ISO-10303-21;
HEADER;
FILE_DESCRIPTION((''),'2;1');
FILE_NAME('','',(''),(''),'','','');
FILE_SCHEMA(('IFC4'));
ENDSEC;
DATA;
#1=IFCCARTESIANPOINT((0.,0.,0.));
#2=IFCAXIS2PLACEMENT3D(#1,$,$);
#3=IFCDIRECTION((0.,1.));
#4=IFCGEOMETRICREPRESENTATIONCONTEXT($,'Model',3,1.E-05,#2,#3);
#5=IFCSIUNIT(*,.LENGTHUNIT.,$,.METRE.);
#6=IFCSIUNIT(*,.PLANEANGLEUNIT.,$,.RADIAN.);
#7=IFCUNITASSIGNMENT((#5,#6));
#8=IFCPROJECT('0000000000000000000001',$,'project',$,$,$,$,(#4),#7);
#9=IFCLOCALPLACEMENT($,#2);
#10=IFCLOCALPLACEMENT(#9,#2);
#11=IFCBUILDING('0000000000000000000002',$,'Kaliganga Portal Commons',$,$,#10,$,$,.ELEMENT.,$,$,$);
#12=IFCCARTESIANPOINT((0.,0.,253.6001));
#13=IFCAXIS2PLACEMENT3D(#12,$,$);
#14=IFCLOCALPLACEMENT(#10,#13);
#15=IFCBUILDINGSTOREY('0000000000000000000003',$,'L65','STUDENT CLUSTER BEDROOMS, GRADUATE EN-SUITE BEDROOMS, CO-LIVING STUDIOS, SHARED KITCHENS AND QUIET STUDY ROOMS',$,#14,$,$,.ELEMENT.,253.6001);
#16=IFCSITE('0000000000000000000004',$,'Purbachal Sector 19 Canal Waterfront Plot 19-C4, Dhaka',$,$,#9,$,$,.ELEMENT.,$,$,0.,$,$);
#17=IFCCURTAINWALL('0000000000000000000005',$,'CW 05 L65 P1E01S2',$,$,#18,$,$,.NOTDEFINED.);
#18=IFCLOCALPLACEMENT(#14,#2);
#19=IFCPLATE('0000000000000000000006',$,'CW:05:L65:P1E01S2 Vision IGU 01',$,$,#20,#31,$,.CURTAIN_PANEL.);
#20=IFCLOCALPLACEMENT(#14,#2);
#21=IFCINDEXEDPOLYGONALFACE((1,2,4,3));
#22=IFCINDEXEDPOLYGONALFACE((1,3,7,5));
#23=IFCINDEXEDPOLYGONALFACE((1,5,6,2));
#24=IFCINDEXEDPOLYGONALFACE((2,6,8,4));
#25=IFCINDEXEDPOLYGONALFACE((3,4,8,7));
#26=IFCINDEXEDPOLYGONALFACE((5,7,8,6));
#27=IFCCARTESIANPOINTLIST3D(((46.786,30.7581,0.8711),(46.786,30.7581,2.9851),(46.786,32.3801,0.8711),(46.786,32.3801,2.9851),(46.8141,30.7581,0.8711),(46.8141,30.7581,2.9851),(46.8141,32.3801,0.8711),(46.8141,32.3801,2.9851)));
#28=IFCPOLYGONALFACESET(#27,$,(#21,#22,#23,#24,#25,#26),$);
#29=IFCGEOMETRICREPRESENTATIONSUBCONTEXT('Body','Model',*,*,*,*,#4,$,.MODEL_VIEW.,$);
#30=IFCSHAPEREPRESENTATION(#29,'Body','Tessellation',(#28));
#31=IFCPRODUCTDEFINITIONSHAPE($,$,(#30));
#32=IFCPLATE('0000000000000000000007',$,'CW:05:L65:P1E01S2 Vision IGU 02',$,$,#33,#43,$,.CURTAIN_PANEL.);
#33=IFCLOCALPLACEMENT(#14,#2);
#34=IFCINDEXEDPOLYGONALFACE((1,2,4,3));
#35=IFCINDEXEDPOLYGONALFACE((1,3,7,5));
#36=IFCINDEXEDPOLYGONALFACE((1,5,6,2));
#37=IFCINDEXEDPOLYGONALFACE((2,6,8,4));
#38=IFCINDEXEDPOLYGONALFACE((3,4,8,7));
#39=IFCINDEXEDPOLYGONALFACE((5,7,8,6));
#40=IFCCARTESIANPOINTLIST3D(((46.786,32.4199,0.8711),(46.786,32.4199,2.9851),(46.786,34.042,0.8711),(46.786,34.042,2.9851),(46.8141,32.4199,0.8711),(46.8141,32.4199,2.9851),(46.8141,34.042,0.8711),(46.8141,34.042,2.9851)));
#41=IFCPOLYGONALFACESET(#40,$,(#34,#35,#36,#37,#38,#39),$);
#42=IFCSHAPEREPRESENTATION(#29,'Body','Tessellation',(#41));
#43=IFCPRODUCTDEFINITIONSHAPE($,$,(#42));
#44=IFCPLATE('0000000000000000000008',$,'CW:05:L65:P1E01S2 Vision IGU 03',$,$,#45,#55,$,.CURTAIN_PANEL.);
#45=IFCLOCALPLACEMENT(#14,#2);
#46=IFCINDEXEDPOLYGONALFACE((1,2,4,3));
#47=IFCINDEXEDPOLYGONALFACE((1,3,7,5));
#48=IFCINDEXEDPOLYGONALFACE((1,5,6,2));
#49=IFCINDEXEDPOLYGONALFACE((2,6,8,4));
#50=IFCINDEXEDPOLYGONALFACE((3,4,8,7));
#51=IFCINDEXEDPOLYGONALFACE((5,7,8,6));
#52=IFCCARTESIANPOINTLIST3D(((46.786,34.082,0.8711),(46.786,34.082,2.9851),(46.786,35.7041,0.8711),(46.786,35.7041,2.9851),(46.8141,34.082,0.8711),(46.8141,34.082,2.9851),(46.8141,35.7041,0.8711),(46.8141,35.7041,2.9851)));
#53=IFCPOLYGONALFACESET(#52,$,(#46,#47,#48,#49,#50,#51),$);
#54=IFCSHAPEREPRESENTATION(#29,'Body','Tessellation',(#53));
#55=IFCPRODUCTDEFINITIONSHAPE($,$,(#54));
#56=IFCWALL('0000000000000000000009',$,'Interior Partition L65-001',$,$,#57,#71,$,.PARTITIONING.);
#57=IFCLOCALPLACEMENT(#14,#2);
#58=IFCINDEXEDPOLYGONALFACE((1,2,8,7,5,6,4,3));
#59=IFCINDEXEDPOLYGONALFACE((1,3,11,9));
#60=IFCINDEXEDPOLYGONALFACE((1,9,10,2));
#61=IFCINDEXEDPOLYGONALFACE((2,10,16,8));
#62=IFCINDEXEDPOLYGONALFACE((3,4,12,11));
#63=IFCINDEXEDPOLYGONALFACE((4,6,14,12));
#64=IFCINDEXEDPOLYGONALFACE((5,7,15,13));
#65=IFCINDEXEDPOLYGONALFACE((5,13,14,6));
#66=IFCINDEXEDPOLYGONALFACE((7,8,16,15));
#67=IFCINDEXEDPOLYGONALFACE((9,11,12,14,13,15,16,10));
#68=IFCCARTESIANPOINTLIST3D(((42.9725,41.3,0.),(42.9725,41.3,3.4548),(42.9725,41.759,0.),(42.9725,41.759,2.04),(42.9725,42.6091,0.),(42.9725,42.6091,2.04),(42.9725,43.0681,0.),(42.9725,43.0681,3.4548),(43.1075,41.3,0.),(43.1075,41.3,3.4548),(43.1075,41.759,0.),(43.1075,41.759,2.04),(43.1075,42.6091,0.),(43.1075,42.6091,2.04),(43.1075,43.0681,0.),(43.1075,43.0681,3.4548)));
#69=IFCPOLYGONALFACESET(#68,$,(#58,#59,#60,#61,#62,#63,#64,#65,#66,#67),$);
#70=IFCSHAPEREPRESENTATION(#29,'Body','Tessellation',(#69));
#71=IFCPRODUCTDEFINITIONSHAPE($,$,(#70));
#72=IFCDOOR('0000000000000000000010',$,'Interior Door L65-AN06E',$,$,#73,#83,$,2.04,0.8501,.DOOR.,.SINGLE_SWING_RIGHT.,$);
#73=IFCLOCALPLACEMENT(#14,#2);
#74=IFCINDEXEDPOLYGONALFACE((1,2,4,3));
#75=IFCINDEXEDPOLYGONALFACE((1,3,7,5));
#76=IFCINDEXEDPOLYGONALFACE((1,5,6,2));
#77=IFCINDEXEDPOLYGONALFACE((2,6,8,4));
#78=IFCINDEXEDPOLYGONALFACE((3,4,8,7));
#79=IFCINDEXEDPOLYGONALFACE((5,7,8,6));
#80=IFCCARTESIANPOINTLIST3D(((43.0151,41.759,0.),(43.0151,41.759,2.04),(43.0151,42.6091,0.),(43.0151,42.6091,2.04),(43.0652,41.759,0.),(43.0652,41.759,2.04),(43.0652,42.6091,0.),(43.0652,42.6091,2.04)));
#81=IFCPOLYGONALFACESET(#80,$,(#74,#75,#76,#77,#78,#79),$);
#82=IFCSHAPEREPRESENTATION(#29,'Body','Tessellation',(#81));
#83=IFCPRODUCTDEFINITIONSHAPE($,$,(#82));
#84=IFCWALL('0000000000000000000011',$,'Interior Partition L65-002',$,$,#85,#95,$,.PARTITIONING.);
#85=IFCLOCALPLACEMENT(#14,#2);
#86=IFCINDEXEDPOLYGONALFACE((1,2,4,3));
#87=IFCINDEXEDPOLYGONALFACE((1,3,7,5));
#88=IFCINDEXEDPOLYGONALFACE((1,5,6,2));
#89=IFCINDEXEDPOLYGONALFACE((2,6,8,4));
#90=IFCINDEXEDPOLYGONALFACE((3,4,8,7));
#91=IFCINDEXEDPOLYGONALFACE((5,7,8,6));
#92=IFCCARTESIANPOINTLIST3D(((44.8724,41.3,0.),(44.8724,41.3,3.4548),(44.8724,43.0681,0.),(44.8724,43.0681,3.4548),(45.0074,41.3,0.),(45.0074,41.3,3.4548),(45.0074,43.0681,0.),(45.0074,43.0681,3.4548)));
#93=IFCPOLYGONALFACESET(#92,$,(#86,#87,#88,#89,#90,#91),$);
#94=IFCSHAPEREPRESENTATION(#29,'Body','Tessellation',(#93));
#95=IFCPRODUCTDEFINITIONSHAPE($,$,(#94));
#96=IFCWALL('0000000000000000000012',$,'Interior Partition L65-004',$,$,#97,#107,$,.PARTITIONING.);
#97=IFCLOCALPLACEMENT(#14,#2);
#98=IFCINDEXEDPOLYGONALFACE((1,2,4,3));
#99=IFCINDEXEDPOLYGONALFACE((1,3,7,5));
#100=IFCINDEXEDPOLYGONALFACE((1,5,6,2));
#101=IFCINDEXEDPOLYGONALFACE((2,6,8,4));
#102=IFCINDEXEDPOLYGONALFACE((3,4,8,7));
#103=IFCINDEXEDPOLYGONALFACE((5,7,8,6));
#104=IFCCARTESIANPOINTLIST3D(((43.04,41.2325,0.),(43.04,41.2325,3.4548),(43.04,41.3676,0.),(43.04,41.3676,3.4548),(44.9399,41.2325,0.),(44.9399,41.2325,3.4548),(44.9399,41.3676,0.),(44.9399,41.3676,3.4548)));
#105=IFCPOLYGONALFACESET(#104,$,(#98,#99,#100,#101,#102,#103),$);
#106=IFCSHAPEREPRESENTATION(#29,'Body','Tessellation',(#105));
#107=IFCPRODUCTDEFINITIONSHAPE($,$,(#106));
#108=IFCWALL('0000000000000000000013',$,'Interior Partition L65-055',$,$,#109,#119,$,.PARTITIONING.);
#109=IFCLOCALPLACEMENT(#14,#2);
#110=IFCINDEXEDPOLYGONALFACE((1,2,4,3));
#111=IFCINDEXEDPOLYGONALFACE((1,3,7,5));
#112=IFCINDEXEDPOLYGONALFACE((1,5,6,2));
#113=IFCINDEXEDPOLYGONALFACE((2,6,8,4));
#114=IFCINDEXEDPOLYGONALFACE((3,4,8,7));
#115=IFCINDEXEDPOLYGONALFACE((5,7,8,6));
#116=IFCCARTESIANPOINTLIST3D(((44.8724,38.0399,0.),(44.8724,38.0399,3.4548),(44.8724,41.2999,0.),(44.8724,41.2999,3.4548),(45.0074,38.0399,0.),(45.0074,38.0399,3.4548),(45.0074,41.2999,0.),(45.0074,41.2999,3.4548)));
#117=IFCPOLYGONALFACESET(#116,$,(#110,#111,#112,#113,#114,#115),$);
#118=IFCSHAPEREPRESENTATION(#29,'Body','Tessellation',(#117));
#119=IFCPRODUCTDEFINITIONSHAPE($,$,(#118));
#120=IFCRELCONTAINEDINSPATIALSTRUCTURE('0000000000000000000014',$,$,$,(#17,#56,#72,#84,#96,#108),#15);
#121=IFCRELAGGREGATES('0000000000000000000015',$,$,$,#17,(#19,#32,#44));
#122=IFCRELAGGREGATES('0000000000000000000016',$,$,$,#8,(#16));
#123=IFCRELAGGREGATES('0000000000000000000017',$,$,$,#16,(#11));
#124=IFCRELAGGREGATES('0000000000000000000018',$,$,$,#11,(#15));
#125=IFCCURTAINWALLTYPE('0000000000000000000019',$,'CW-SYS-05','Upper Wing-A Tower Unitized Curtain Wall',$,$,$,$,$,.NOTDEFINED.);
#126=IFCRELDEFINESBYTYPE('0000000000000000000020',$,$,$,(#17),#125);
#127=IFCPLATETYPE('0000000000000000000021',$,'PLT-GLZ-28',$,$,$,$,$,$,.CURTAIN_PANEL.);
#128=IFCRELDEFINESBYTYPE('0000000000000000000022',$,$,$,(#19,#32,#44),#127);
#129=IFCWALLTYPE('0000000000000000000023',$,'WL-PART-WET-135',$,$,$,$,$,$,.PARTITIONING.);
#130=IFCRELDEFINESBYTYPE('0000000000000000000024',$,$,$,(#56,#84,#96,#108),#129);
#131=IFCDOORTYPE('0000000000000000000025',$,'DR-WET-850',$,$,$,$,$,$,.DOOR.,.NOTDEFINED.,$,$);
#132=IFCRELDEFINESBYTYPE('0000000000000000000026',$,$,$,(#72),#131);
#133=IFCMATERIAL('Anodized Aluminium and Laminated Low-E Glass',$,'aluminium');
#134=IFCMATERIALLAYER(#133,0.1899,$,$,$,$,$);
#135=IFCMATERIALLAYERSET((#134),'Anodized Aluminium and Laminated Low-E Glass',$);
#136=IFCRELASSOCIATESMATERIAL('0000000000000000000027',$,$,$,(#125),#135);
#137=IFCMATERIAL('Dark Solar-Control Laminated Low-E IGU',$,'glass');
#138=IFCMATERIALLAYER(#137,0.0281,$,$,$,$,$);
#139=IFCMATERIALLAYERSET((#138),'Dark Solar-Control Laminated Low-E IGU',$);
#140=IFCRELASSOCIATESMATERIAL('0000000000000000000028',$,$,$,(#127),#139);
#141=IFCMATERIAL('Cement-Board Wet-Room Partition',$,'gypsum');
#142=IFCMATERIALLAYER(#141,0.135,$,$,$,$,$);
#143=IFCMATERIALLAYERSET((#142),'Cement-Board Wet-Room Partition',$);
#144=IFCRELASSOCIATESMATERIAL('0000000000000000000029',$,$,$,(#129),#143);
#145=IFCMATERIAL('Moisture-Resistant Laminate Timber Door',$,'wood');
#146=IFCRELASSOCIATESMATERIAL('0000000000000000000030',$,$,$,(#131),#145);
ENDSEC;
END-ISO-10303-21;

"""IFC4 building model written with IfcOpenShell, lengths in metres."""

from ifc_helpers import new_model, si_unit, direction, frame, frame_2d, origin, origin_2d, place, context, subcontext, project, spatial, rectangle, extrude, source, transform, mapped, material, layer, layer_set, type_object, element, fill, aggregate, save


model = new_model("IFC4")

# Units and contexts
model_context = context("Model", 3, precision=1e-05, world=origin(), true_north=direction((0.0, 1.0)))
body_context = subcontext(model_context, "Body", "Model", "MODEL_VIEW")
ifc_project = project(units=[si_unit("LENGTHUNIT", "METRE"), si_unit("PLANEANGLEUNIT", "RADIAN")], contexts=[model_context])

# Site, building, storey
site_placement = place(None, origin())
site = spatial("IfcSite", under=ifc_project, at=site_placement, Name="Purbachal Sector 19 Canal Waterfront Plot 19-C4, Dhaka", CompositionType="ELEMENT", RefElevation=0.0)
building_placement = place(site_placement, origin())
building = spatial("IfcBuilding", under=site, at=building_placement, Name="Kaliganga Portal Commons", CompositionType="ELEMENT")
storey_placement = place(building_placement, frame((0.0, 0.0, 253.6001)))
storey = spatial("IfcBuildingStorey", under=building, at=storey_placement, Name="L65", Description="STUDENT CLUSTER BEDROOMS, GRADUATE EN-SUITE BEDROOMS, CO-LIVING STUDIOS, SHARED KITCHENS AND QUIET STUDY ROOMS", CompositionType="ELEMENT", Elevation=253.6001)

# Curtain wall
ifc_material_1 = material(Name="Anodized Aluminium and Laminated Low-E Glass", Category="aluminium")
ifc_layer_1 = layer(ifc_material_1, 0.1899)
ifc_layer_set_1 = layer_set([ifc_layer_1], Name="Anodized Aluminium and Laminated Low-E Glass")
curtain_wall_type = type_object("IfcCurtainWallType", Name="CW-SYS-05", Description="Upper Wing-A Tower Unitized Curtain Wall", PredefinedType="NOTDEFINED", material=ifc_layer_set_1)
curtain_wall_1_placement = place(storey_placement, origin())
curtain_wall_1 = element("IfcCurtainWall", 1, at=curtain_wall_1_placement, inside=storey, type_object=curtain_wall_type, Name="CW 05 L65 P1E01S2", PredefinedType="NOTDEFINED")

# Shared definitions
ifc_material_2 = material(Name="Dark Solar-Control Laminated Low-E IGU", Category="glass")
ifc_layer_2 = layer(ifc_material_2, 0.0281)
ifc_layer_set_2 = layer_set([ifc_layer_2], Name="Dark Solar-Control Laminated Low-E IGU")
plate_type_1 = type_object("IfcPlateType", Name="PLT-GLZ-28", PredefinedType="CURTAIN_PANEL", material=ifc_layer_set_2)

# Plates
shared_shape_1 = source(origin(), body_context, "Body", "SweptSolid", [
    extrude(rectangle(XDim=1.6221, YDim=0.0281, at=origin_2d()), origin(), (0.0, 0.0, 1.0), 2.114),
])
plate_1_placement = place(storey_placement, frame((46.8, 31.5691, 0.8711), z_axis=(0.0, 0.0, 1.0), x_axis=(0.0, 1.0, 0.0)))
plate_1 = element("IfcPlate", 2, at=plate_1_placement, type_object=plate_type_1, Name="CW:05:L65:P1E01S2 Vision IGU 01", PredefinedType="CURTAIN_PANEL", context=body_context, shape_type="MappedRepresentation", body=[
    mapped(shared_shape_1, transform((0.0, 0.0, 0.0), x_axis=(1.0, 0.0, 0.0), y_axis=(0.0, 1.0, 0.0), z_axis=(0.0, 0.0, 1.0), scale=1.0)),
])
plate_2_placement = place(storey_placement, frame((46.8, 33.231, 0.8711), z_axis=(0.0, 0.0, 1.0), x_axis=(0.0, 1.0, 0.0)))
plate_2 = element("IfcPlate", 3, at=plate_2_placement, type_object=plate_type_1, Name="CW:05:L65:P1E01S2 Vision IGU 02", PredefinedType="CURTAIN_PANEL", context=body_context, shape_type="MappedRepresentation", body=[
    mapped(shared_shape_1, transform((0.0, 0.0, 0.0), x_axis=(1.0, 0.0, 0.0), y_axis=(0.0, 1.0, 0.0), z_axis=(0.0, 0.0, 1.0), scale=1.0)),
])
plate_3_placement = place(storey_placement, frame((46.8, 34.8931, 0.8711), z_axis=(0.0, 0.0, 1.0), x_axis=(0.0, 1.0, 0.0)))
plate_3 = element("IfcPlate", 4, at=plate_3_placement, type_object=plate_type_1, Name="CW:05:L65:P1E01S2 Vision IGU 03", PredefinedType="CURTAIN_PANEL", context=body_context, shape_type="MappedRepresentation", body=[
    mapped(shared_shape_1, transform((0.0, 0.0, 0.0), x_axis=(1.0, 0.0, 0.0), y_axis=(0.0, 1.0, 0.0), z_axis=(0.0, 0.0, 1.0), scale=1.0)),
])
aggregate(curtain_wall_1, [plate_1, plate_2, plate_3])

# Wall, opening, door
ifc_material_3 = material(Name="Cement-Board Wet-Room Partition", Category="gypsum")
ifc_layer_3 = layer(ifc_material_3, 0.135)
ifc_layer_set_3 = layer_set([ifc_layer_3], Name="Cement-Board Wet-Room Partition")
wall_type_1 = type_object("IfcWallType", Name="WL-PART-WET-135", PredefinedType="PARTITIONING", material=ifc_layer_set_3)
wall_1_placement = place(storey_placement, frame((43.04, 41.3, 0.0), z_axis=(0.0, 0.0, 1.0), x_axis=(0.0, 1.0, 0.0)))
wall_1 = element("IfcWall", 5, at=wall_1_placement, inside=storey, type_object=wall_type_1, Name="Interior Partition L65-001", PredefinedType="PARTITIONING", context=body_context, shape_type="SweptSolid", body=[
    extrude(rectangle(XDim=1.7681, YDim=0.135, at=frame_2d((0.884, 0.0))), origin(), (0.0, 0.0, 1.0), 3.4548),
])
opening_1_placement = place(wall_1_placement, frame((0.459, 0.0, 0.0)))
opening_1 = element("IfcOpeningElement", 6, at=opening_1_placement, cuts=wall_1, PredefinedType="OPENING", context=body_context, shape_type="SweptSolid", body=[
    extrude(rectangle(XDim=0.8501, YDim=2.04, at=frame_2d((0.425, 1.02))), frame((0.0, 0.0776, 0.0), z_axis=(0.0, -1.0, 0.0), x_axis=(1.0, 0.0, 0.0)), (0.0, 0.0, 1.0), 0.155),
])
ifc_material_4 = material(Name="Moisture-Resistant Laminate Timber Door", Category="wood")
door_type_1 = type_object("IfcDoorType", Name="DR-WET-850", OperationType="NOTDEFINED", PredefinedType="DOOR", material=ifc_material_4)
door_1_placement = place(opening_1_placement, origin())
door_1 = element("IfcDoor", 7, at=door_1_placement, inside=storey, type_object=door_type_1, Name="Interior Door L65-AN06E", OperationType="SINGLE_SWING_RIGHT", OverallHeight=2.04, OverallWidth=0.8501, PredefinedType="DOOR", context=body_context, shape_type="SweptSolid", body=[
    extrude(rectangle(XDim=0.8501, YDim=2.04, at=frame_2d((0.425, 1.02))), frame((0.0, 0.0249, 0.0), z_axis=(0.0, -1.0, 0.0), x_axis=(1.0, 0.0, 0.0)), (0.0, 0.0, 1.0), 0.05),
])
fill(opening_1, door_1)

# Walls
wall_2_placement = place(storey_placement, frame((44.9399, 41.3, 0.0), z_axis=(0.0, 0.0, 1.0), x_axis=(0.0, 1.0, 0.0)))
element("IfcWall", 8, at=wall_2_placement, inside=storey, type_object=wall_type_1, Name="Interior Partition L65-002", PredefinedType="PARTITIONING", context=body_context, shape_type="SweptSolid", body=[
    extrude(rectangle(XDim=1.7681, YDim=0.135, at=frame_2d((0.884, 0.0))), origin(), (0.0, 0.0, 1.0), 3.4548),
])
wall_3_placement = place(storey_placement, frame((43.04, 41.3, 0.0), z_axis=(0.0, 0.0, 1.0), x_axis=(1.0, 0.0, 0.0)))
element("IfcWall", 9, at=wall_3_placement, inside=storey, type_object=wall_type_1, Name="Interior Partition L65-004", PredefinedType="PARTITIONING", context=body_context, shape_type="SweptSolid", body=[
    extrude(rectangle(XDim=1.8999, YDim=0.135, at=frame_2d((0.95, 0.0))), origin(), (0.0, 0.0, 1.0), 3.4548),
])
wall_4_placement = place(storey_placement, frame((44.9399, 38.04, 0.0), z_axis=(0.0, 0.0, 1.0), x_axis=(0.0, 1.0, 0.0)))
element("IfcWall", 10, at=wall_4_placement, inside=storey, type_object=wall_type_1, Name="Interior Partition L65-055", PredefinedType="PARTITIONING", context=body_context, shape_type="SweptSolid", body=[
    extrude(rectangle(XDim=3.26, YDim=0.135, at=frame_2d((1.6299, 0.0))), origin(), (0.0, 0.0, 1.0), 3.4548),
])

save(model, "model.ifc")
